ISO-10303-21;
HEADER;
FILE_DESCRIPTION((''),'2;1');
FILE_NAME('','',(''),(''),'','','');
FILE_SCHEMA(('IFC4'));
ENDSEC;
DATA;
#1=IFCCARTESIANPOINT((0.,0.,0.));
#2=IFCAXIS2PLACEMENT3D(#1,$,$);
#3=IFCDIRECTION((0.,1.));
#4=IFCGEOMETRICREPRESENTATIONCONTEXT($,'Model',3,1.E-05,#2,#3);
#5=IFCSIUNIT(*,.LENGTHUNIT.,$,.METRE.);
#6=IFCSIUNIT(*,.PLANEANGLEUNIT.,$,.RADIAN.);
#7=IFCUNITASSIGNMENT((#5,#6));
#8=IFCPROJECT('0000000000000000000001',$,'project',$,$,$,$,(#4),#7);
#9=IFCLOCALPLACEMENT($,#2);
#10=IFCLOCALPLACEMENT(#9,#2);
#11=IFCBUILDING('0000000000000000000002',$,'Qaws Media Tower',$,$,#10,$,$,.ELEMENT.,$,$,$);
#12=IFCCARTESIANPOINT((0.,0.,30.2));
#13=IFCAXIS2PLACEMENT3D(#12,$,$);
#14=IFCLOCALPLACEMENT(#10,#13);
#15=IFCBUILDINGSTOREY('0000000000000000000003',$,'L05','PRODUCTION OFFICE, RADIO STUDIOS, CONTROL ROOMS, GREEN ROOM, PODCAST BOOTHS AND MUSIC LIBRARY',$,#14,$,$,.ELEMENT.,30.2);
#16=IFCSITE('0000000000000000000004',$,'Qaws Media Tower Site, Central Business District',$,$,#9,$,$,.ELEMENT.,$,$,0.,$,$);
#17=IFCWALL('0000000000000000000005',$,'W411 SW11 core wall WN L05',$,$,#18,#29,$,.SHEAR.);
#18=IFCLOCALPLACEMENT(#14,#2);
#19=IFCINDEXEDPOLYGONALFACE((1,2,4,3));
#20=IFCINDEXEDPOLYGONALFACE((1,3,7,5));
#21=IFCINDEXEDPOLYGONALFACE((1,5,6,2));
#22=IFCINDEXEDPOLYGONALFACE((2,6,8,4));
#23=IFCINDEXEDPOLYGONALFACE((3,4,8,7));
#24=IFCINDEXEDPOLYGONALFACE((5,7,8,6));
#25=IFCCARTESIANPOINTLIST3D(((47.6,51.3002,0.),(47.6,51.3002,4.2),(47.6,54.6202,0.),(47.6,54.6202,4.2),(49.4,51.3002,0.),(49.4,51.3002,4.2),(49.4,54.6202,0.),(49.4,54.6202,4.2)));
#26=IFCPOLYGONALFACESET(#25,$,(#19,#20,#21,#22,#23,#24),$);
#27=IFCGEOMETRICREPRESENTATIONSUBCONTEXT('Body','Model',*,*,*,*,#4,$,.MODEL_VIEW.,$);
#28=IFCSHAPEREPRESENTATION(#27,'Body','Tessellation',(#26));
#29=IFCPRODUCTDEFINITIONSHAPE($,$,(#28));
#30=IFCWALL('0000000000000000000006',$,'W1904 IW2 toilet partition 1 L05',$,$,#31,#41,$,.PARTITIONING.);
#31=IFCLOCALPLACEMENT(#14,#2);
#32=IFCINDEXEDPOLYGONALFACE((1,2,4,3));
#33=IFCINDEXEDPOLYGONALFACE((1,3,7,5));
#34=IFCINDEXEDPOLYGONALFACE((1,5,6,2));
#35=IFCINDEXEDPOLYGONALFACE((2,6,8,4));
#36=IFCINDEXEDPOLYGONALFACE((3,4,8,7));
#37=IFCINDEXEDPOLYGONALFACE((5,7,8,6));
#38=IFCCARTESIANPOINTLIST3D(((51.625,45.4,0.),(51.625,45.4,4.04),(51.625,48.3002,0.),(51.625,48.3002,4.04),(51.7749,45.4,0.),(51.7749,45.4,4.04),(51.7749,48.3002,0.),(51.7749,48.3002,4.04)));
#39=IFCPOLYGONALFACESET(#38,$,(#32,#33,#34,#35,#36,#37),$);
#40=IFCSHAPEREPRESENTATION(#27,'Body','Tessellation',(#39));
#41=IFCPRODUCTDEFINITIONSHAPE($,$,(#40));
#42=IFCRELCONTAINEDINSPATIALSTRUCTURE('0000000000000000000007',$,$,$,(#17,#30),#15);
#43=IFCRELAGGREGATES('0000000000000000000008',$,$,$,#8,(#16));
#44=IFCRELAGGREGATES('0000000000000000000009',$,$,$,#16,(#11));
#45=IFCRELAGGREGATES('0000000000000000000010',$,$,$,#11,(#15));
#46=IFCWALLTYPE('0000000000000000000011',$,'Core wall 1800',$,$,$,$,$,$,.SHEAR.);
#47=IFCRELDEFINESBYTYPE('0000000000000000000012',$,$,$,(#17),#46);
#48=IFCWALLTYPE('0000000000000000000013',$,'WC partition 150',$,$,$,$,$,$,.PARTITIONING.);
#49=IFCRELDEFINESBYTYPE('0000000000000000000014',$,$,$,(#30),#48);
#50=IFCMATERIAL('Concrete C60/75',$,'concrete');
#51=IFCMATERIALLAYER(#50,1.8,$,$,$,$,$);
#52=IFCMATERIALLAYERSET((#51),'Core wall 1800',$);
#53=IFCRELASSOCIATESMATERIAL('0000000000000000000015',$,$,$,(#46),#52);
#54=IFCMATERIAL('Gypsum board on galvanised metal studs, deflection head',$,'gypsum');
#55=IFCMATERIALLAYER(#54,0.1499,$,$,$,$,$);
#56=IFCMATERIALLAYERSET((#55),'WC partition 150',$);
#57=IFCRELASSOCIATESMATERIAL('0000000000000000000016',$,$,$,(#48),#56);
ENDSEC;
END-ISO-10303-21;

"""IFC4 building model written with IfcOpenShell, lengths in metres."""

from ifc_helpers import new_model, si_unit, direction, frame, frame_2d, origin, place, context, subcontext, project, spatial, rectangle, extrude, material, layer, layer_set, type_object, element, save


model = new_model("IFC4")

# Units and contexts
model_context = context("Model", 3, precision=1e-05, world=origin(), true_north=direction((0.0, 1.0)))
body_context = subcontext(model_context, "Body", "Model", "MODEL_VIEW")
ifc_project = project(units=[si_unit("LENGTHUNIT", "METRE"), si_unit("PLANEANGLEUNIT", "RADIAN")], contexts=[model_context])

# Site, building, storey
site_placement = place(None, origin())
site = spatial("IfcSite", under=ifc_project, at=site_placement, Name="Qaws Media Tower Site, Central Business District", CompositionType="ELEMENT", RefElevation=0.0)
building_placement = place(site_placement, origin())
building = spatial("IfcBuilding", under=site, at=building_placement, Name="Qaws Media Tower", CompositionType="ELEMENT")
storey_placement = place(building_placement, frame((0.0, 0.0, 30.2)))
storey = spatial("IfcBuildingStorey", under=building, at=storey_placement, Name="L05", Description="PRODUCTION OFFICE, RADIO STUDIOS, CONTROL ROOMS, GREEN ROOM, PODCAST BOOTHS AND MUSIC LIBRARY", CompositionType="ELEMENT", Elevation=30.2)

# Shared definitions
ifc_material_1 = material(Name="Concrete C60/75", Category="concrete")
ifc_layer_1 = layer(ifc_material_1, 1.8)
ifc_layer_set_1 = layer_set([ifc_layer_1], Name="Core wall 1800")
wall_type_1 = type_object("IfcWallType", Name="Core wall 1800", PredefinedType="SHEAR", material=ifc_layer_set_1)

# Walls
wall_1_placement = place(storey_placement, frame((48.5, 51.3, 0.0), z_axis=(0.0, 0.0, 1.0), x_axis=(0.0, 1.0, 0.0)))
element("IfcWall", 1, at=wall_1_placement, inside=storey, type_object=wall_type_1, Name="W411 SW11 core wall WN L05", PredefinedType="SHEAR", context=body_context, shape_type="SweptSolid", body=[
    extrude(rectangle(XDim=3.3201, YDim=1.8, at=frame_2d((1.6602, 0.0))), origin(), (0.0, 0.0, 1.0), 4.2),
])
ifc_material_2 = material(Name="Gypsum board on galvanised metal studs, deflection head", Category="gypsum")
ifc_layer_2 = layer(ifc_material_2, 0.1499)
ifc_layer_set_2 = layer_set([ifc_layer_2], Name="WC partition 150")
wall_type_2 = type_object("IfcWallType", Name="WC partition 150", PredefinedType="PARTITIONING", material=ifc_layer_set_2)
wall_2_placement = place(storey_placement, frame((51.7, 45.3999, 0.0), z_axis=(0.0, 0.0, 1.0), x_axis=(0.0, 1.0, 0.0)))
element("IfcWall", 2, at=wall_2_placement, inside=storey, type_object=wall_type_2, Name="W1904 IW2 toilet partition 1 L05", PredefinedType="PARTITIONING", context=body_context, shape_type="SweptSolid", body=[
    extrude(rectangle(XDim=2.9001, YDim=0.1499, at=frame_2d((1.4502, 0.0))), origin(), (0.0, 0.0, 1.0), 4.04),
])

save(model, "model.ifc")
